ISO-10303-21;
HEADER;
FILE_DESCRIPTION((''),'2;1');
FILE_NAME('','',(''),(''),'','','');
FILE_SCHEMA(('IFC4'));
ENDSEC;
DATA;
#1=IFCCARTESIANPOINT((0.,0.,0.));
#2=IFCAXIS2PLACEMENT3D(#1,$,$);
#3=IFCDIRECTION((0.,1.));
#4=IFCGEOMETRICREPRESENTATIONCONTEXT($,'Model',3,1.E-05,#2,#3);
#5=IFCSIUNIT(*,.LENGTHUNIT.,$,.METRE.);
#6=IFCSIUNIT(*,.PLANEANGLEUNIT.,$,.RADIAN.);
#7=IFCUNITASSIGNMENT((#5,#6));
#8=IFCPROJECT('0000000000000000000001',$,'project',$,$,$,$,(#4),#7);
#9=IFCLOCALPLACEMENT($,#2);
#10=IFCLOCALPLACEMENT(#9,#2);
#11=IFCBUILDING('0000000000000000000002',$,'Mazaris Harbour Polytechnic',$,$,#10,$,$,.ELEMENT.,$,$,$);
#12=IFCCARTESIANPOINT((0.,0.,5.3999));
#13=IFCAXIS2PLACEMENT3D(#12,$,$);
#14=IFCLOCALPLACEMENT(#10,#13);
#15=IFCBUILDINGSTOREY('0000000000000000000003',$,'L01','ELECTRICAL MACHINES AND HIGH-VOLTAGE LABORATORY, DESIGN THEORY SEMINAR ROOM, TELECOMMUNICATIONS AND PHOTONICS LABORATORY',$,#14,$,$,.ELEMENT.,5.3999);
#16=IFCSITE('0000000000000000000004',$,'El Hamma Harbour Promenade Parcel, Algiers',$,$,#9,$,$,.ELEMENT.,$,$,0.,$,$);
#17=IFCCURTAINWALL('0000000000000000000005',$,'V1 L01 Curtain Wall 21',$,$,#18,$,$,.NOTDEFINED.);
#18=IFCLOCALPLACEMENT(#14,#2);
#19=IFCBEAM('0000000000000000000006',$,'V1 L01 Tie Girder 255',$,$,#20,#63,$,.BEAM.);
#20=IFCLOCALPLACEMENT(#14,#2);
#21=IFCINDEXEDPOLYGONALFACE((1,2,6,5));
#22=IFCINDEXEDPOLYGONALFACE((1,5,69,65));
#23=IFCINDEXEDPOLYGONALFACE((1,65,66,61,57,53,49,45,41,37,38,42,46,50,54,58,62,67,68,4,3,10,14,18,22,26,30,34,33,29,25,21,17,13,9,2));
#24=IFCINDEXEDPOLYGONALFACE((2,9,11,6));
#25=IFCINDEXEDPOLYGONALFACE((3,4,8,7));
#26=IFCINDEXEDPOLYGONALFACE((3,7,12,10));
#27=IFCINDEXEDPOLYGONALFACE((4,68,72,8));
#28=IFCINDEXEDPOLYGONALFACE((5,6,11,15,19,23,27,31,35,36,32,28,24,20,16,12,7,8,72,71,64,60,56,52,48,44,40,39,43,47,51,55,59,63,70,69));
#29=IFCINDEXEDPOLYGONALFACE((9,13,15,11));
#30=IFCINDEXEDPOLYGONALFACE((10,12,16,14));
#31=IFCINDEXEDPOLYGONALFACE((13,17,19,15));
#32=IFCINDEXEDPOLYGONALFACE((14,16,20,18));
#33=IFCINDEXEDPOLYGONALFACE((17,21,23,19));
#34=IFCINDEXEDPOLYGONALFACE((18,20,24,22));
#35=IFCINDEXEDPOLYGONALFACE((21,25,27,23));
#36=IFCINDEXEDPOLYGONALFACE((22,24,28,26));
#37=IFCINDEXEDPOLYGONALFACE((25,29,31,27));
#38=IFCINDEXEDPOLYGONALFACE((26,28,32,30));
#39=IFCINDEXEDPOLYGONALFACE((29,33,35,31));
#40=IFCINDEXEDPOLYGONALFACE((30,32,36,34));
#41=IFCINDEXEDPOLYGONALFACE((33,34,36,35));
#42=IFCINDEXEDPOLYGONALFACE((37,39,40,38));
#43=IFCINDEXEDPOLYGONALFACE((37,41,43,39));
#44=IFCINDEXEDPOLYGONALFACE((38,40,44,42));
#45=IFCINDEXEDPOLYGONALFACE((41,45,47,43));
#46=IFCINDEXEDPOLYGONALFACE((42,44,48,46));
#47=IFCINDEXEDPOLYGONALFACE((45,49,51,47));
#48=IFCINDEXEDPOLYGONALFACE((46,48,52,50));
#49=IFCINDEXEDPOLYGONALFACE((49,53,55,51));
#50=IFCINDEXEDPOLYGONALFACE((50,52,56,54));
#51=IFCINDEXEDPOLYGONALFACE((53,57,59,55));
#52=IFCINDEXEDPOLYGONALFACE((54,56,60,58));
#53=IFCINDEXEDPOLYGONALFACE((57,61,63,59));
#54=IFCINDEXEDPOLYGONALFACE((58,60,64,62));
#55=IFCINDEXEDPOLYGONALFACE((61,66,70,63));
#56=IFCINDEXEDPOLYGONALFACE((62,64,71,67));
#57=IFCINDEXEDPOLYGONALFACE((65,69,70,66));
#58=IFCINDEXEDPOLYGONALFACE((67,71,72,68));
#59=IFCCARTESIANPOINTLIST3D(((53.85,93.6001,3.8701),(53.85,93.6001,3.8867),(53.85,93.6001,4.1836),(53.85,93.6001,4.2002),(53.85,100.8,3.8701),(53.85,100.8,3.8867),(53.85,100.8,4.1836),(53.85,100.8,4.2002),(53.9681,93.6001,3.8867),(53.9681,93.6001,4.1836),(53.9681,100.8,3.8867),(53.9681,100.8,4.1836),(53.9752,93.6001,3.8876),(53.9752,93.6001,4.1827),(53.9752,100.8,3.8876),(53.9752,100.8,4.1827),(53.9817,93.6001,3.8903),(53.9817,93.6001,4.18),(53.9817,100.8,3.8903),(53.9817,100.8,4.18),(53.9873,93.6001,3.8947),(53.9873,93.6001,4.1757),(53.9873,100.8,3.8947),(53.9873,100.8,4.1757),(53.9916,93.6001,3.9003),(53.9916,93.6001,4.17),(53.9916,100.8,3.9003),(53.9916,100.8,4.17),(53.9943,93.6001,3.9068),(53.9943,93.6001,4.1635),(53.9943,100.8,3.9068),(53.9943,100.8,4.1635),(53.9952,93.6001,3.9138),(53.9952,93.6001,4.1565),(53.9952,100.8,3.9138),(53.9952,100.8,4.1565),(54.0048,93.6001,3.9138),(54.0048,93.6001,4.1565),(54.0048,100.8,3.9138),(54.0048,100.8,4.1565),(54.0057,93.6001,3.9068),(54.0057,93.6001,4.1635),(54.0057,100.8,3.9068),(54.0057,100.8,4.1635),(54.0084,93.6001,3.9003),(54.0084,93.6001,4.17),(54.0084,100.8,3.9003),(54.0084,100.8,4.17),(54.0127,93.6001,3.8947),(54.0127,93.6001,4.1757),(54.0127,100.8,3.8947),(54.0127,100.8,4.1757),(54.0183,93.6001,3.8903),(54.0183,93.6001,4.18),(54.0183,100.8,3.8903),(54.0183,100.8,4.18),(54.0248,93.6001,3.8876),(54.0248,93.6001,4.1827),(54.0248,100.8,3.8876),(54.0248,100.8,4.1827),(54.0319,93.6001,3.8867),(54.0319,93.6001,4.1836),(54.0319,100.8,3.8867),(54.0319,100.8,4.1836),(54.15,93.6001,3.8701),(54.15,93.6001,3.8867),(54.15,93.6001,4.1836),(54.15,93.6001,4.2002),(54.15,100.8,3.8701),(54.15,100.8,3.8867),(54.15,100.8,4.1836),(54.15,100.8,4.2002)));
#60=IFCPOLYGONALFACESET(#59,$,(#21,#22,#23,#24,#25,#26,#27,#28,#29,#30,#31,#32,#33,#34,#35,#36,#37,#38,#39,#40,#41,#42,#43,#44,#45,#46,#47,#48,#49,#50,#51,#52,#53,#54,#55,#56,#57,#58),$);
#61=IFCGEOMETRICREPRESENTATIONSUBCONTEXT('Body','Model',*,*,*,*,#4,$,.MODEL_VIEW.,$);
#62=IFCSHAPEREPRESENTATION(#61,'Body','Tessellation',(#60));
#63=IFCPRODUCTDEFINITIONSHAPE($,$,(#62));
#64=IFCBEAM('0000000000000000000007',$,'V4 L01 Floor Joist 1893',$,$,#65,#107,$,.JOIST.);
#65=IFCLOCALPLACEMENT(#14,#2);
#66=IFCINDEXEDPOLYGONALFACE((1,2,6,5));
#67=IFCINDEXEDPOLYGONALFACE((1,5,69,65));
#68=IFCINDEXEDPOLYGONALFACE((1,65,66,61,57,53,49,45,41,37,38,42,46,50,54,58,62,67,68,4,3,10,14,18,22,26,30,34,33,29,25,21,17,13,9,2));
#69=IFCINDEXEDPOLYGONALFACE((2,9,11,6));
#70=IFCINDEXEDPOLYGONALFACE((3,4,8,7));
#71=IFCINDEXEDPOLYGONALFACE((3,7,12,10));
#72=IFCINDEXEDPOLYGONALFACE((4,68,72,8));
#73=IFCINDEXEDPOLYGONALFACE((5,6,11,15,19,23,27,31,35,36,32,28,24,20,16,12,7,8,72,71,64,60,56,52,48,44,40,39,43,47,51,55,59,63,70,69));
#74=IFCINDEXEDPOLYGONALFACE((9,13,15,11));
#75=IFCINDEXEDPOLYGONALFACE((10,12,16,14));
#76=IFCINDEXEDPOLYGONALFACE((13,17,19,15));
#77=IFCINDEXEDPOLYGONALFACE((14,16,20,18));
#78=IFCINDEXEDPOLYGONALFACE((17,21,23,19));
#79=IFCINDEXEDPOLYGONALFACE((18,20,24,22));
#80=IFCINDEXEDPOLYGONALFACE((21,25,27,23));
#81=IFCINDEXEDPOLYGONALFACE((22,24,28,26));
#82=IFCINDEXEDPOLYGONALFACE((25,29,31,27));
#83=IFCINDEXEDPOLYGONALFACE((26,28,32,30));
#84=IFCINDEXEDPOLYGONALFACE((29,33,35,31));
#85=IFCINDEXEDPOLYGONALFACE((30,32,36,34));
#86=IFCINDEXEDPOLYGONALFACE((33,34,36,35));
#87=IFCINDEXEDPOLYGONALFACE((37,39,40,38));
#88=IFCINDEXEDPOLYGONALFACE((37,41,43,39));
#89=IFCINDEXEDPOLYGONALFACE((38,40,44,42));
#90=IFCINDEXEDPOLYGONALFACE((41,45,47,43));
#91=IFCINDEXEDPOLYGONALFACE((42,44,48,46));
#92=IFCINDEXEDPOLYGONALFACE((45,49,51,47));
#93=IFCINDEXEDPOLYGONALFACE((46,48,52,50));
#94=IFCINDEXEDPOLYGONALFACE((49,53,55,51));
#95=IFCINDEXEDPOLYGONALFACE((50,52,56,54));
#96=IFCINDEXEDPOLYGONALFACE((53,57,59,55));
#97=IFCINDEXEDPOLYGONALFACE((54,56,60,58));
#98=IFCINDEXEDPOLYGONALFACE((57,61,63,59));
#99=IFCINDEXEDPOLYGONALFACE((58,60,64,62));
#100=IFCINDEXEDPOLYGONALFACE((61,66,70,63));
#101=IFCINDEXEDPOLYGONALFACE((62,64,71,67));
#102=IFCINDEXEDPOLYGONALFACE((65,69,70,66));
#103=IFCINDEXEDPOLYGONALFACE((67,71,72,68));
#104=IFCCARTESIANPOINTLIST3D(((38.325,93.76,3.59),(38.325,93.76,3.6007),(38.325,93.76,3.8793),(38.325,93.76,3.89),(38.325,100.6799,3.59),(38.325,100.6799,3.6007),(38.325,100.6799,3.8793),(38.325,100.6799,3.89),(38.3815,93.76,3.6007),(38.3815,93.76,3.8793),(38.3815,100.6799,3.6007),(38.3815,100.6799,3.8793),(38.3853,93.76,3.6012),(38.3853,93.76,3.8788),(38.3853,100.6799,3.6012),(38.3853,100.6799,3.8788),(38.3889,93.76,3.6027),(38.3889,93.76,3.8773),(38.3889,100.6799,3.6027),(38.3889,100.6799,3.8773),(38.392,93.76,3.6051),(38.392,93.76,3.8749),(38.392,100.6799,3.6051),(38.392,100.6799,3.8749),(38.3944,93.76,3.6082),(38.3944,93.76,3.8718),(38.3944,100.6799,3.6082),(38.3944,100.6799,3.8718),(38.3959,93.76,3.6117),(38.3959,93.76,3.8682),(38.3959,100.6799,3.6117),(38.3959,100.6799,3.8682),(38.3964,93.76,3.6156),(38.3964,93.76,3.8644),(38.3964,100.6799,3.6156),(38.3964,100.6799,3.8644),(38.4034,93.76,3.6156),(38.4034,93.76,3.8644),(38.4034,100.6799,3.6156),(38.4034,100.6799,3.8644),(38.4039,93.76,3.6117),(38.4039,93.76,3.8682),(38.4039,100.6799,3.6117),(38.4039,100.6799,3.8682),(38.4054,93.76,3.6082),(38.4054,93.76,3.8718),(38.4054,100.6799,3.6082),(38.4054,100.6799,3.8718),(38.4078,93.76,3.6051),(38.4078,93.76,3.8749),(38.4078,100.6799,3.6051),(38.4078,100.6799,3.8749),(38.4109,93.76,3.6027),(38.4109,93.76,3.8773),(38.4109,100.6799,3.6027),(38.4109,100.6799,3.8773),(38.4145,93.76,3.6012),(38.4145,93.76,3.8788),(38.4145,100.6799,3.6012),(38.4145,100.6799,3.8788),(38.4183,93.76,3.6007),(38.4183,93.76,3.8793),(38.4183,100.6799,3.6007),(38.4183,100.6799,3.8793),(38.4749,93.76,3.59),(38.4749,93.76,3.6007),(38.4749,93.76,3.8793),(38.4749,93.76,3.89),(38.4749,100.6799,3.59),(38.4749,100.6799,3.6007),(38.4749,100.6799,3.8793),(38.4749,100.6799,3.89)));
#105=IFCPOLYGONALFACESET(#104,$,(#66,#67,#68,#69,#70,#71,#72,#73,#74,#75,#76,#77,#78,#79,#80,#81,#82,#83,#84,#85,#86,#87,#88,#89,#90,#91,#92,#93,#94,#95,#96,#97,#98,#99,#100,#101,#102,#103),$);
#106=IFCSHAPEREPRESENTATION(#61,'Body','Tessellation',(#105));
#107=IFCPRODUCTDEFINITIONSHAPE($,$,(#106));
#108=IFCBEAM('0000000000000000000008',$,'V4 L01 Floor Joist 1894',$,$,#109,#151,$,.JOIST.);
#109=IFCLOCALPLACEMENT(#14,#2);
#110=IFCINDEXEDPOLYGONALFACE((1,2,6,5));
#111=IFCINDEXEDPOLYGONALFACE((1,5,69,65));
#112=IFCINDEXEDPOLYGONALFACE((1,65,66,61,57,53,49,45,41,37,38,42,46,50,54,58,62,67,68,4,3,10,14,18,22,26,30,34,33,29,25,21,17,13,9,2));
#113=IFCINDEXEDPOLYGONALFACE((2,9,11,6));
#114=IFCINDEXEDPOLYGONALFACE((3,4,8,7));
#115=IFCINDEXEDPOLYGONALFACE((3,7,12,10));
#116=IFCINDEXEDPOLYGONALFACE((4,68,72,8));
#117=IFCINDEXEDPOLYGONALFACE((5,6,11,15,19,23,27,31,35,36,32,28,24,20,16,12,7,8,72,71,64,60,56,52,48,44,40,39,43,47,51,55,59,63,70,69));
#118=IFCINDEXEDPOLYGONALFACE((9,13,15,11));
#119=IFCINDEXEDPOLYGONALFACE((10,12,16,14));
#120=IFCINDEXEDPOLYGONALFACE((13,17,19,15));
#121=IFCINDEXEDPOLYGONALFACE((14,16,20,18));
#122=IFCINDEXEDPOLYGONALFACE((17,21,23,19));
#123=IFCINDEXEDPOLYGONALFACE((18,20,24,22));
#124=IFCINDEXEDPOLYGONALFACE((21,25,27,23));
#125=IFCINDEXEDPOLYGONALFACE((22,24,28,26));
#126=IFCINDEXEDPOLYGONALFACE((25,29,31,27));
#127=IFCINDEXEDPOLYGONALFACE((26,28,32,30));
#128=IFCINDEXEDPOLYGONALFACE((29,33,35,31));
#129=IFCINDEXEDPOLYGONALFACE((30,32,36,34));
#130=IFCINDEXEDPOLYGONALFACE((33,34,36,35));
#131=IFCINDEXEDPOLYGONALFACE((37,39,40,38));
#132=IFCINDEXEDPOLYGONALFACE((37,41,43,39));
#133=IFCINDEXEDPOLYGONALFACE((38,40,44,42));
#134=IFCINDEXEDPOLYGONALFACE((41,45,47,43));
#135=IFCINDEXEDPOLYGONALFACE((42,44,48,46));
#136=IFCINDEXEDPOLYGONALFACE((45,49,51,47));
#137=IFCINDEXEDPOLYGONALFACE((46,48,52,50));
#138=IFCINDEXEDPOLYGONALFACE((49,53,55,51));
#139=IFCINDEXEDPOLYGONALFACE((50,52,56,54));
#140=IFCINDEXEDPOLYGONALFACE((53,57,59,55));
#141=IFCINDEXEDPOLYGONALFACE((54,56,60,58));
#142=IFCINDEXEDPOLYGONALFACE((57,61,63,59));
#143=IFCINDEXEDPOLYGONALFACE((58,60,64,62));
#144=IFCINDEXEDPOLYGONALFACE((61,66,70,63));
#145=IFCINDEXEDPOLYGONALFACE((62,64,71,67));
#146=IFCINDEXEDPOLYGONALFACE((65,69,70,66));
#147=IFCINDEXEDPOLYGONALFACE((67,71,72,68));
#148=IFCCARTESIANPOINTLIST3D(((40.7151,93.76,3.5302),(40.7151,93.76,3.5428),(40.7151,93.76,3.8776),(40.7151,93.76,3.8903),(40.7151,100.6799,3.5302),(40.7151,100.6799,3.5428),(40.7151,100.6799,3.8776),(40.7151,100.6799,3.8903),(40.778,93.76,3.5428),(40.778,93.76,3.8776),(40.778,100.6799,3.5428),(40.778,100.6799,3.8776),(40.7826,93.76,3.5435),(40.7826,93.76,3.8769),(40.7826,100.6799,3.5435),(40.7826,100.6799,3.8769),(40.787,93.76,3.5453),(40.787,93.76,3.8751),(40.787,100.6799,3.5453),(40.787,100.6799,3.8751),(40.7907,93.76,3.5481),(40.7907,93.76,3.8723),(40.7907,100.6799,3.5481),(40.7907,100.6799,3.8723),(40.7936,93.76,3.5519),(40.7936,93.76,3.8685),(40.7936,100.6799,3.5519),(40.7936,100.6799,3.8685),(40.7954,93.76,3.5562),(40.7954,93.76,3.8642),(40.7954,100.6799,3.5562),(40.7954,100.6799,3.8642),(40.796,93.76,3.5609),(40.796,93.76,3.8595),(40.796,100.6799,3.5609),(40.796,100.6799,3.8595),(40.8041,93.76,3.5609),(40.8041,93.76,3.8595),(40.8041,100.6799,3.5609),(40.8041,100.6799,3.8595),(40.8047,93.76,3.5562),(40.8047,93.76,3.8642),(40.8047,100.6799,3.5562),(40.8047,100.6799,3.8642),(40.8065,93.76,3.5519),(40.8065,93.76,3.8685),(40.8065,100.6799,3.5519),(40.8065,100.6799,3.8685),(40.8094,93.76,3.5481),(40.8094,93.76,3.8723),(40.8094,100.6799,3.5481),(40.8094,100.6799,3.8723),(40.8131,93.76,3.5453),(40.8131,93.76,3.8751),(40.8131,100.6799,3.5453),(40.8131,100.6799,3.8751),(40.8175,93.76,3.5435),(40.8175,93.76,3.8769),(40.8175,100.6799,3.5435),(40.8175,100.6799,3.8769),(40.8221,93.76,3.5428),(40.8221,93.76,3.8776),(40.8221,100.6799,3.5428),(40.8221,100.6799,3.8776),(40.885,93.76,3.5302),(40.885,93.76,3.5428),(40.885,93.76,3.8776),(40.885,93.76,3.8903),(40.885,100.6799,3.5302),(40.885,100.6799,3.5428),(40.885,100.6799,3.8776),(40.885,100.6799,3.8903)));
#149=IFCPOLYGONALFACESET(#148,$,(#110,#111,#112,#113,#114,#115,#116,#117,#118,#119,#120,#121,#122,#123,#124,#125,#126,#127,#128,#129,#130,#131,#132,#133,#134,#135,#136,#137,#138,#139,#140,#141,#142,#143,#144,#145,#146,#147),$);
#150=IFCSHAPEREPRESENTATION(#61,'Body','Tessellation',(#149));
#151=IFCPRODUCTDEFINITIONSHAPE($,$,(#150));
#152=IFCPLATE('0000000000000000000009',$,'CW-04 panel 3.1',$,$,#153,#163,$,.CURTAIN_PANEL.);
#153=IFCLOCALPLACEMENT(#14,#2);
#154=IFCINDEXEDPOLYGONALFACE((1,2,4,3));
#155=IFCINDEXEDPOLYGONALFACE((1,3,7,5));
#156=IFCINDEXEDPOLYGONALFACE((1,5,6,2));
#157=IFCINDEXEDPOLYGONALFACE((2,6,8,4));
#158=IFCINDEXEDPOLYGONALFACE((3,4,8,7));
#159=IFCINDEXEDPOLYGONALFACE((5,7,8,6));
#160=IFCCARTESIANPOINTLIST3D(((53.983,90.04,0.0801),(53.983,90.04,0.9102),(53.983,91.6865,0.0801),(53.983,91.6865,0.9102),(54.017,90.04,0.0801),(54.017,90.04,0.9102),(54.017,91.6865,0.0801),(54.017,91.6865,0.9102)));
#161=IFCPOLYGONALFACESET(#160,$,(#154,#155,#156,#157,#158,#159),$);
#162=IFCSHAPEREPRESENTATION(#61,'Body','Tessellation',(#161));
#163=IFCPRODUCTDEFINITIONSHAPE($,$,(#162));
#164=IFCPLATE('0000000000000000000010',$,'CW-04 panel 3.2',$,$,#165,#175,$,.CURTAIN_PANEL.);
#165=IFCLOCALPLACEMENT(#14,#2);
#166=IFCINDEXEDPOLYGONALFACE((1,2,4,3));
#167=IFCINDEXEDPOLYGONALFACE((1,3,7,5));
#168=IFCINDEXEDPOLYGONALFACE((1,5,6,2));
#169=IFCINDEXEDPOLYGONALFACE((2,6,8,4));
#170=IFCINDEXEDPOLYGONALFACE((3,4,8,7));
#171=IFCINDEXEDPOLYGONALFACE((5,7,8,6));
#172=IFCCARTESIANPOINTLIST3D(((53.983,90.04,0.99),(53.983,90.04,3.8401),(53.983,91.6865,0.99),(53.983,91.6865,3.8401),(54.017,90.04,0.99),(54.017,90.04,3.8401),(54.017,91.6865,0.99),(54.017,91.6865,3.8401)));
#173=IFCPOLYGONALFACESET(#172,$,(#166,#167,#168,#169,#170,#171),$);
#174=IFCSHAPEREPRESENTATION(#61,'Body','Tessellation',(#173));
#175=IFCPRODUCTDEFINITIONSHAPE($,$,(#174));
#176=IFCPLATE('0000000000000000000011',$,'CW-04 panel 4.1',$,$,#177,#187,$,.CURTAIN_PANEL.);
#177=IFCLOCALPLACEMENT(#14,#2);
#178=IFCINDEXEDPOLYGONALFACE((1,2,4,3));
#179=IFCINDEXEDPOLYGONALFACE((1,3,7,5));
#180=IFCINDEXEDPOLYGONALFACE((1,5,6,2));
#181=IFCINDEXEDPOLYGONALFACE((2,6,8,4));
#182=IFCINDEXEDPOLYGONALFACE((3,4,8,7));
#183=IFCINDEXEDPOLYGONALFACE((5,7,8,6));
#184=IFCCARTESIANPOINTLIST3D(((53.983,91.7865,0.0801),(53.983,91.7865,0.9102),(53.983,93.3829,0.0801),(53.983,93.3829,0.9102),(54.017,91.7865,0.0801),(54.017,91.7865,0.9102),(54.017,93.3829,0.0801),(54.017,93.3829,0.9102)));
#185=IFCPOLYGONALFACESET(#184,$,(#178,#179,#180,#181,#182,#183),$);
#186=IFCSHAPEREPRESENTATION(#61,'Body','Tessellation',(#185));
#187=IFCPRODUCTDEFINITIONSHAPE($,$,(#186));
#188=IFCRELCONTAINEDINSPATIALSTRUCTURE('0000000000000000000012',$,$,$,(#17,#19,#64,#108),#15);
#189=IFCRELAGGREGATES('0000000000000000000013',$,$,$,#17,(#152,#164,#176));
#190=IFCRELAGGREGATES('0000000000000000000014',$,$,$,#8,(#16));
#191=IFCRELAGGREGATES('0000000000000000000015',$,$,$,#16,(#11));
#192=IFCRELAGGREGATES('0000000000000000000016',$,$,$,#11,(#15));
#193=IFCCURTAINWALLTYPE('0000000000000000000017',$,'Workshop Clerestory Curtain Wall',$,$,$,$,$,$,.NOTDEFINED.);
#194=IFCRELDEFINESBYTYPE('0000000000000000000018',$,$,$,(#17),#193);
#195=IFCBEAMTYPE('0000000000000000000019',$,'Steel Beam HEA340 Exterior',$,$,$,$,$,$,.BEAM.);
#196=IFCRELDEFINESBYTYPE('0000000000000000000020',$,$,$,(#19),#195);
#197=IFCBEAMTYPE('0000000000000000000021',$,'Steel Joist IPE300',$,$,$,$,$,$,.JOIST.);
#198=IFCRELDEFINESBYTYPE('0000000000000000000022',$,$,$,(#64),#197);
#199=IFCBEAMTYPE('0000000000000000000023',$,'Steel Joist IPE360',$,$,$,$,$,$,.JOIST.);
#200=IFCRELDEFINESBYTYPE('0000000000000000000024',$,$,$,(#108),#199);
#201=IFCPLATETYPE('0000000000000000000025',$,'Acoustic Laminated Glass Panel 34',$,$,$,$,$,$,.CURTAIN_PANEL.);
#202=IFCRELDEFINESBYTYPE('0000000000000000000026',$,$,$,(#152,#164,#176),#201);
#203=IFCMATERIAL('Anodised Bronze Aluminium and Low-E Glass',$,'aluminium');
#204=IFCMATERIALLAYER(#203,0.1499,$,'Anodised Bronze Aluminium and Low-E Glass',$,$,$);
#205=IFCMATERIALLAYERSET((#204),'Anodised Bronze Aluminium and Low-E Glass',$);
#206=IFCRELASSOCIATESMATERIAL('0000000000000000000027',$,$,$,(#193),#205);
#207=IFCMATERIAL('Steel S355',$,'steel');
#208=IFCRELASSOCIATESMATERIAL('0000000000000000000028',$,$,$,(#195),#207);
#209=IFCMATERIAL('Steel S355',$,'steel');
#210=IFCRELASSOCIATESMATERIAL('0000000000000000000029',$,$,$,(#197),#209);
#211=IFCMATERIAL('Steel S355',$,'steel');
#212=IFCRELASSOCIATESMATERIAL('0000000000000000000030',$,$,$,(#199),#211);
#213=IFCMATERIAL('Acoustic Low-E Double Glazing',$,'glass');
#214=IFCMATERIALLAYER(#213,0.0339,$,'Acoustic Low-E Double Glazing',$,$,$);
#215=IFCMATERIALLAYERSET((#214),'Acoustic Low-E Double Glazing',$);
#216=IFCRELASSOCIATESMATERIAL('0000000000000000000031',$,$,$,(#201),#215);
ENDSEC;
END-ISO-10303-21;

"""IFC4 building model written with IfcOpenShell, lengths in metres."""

from ifc_helpers import new_model, si_unit, direction, frame, origin, origin_2d, place, context, subcontext, project, spatial, rectangle, i_section, extrude, material, layer, layer_set, material_profile, profile_set, type_object, element, aggregate, save


model = new_model("IFC4")

# Units and contexts
model_context = context("Model", 3, precision=1e-05, world=origin(), true_north=direction((0.0, 1.0)))
body_context = subcontext(model_context, "Body", "Model", "MODEL_VIEW")
ifc_project = project(units=[si_unit("LENGTHUNIT", "METRE"), si_unit("PLANEANGLEUNIT", "RADIAN")], contexts=[model_context])

# Site, building, storey
site_placement = place(None, origin())
site = spatial("IfcSite", under=ifc_project, at=site_placement, Name="El Hamma Harbour Promenade Parcel, Algiers", CompositionType="ELEMENT", RefElevation=0.0)
building_placement = place(site_placement, origin())
building = spatial("IfcBuilding", under=site, at=building_placement, Name="Mazaris Harbour Polytechnic", CompositionType="ELEMENT")
storey_placement = place(building_placement, frame((0.0, 0.0, 5.3999)))
storey = spatial("IfcBuildingStorey", under=building, at=storey_placement, Name="L01", Description="ELECTRICAL MACHINES AND HIGH-VOLTAGE LABORATORY, DESIGN THEORY SEMINAR ROOM, TELECOMMUNICATIONS AND PHOTONICS LABORATORY", CompositionType="ELEMENT", Elevation=5.3999)

# Curtain wall
ifc_material_1 = material(Name="Anodised Bronze Aluminium and Low-E Glass", Category="aluminium")
ifc_layer_1 = layer(ifc_material_1, 0.1499, Name="Anodised Bronze Aluminium and Low-E Glass")
ifc_layer_set_1 = layer_set([ifc_layer_1], Name="Anodised Bronze Aluminium and Low-E Glass")
curtain_wall_type_1 = type_object("IfcCurtainWallType", Name="Workshop Clerestory Curtain Wall", PredefinedType="NOTDEFINED", material=ifc_layer_set_1)
curtain_wall_1_placement = place(storey_placement, origin())
curtain_wall_1 = element("IfcCurtainWall", 1, at=curtain_wall_1_placement, inside=storey, type_object=curtain_wall_type_1, Name="V1 L01 Curtain Wall 21", PredefinedType="NOTDEFINED")

# Beams
ifc_material_2 = material(Name="Steel S355", Category="steel")
ifc_material_profile_1 = material_profile(ifc_material_2, i_section(OverallWidth=0.3, OverallDepth=0.3301, WebThickness=0.0095, FlangeThickness=0.0166, FilletRadius=0.0271, at=origin_2d()), Name="HEA 340")
ifc_profile_set_1 = profile_set([ifc_material_profile_1], Name="Steel S355")
beam_type_1 = type_object("IfcBeamType", Name="Steel Beam HEA340 Exterior", PredefinedType="BEAM", material=ifc_profile_set_1)
beam_1_placement = place(storey_placement, frame((54.0, 93.6001, 4.0352), z_axis=(0.0, 1.0, 0.0), x_axis=(-1.0, 0.0, 0.0)))
element("IfcBeam", 2, at=beam_1_placement, inside=storey, type_object=beam_type_1, Name="V1 L01 Tie Girder 255", PredefinedType="BEAM", context=body_context, shape_type="SweptSolid", body=[
    extrude(i_section(OverallWidth=0.3, OverallDepth=0.3301, WebThickness=0.0095, FlangeThickness=0.0166, FilletRadius=0.0271, at=origin_2d()), origin(), (0.0, 0.0, 1.0), 7.2),
])
ifc_material_3 = material(Name="Steel S355", Category="steel")
ifc_material_profile_2 = material_profile(ifc_material_3, i_section(OverallWidth=0.1499, OverallDepth=0.3, WebThickness=0.0071, FlangeThickness=0.0107, FilletRadius=0.0149, at=origin_2d()), Name="IPE 300")
ifc_profile_set_2 = profile_set([ifc_material_profile_2], Name="Steel S355")
beam_type_2 = type_object("IfcBeamType", Name="Steel Joist IPE300", PredefinedType="JOIST", material=ifc_profile_set_2)
beam_2_placement = place(storey_placement, frame((38.3999, 93.76, 3.74), z_axis=(0.0, 1.0, 0.0), x_axis=(-1.0, 0.0, 0.0)))
element("IfcBeam", 3, at=beam_2_placement, inside=storey, type_object=beam_type_2, Name="V4 L01 Floor Joist 1893", PredefinedType="JOIST", context=body_context, shape_type="SweptSolid", body=[
    extrude(i_section(OverallWidth=0.1499, OverallDepth=0.3, WebThickness=0.0071, FlangeThickness=0.0107, FilletRadius=0.0149, at=origin_2d()), origin(), (0.0, 0.0, 1.0), 6.9199),
])
ifc_material_4 = material(Name="Steel S355", Category="steel")
ifc_material_profile_3 = material_profile(ifc_material_4, i_section(OverallWidth=0.1699, OverallDepth=0.3601, WebThickness=0.0081, FlangeThickness=0.0127, FilletRadius=0.0181, at=origin_2d()), Name="IPE 360")
ifc_profile_set_3 = profile_set([ifc_material_profile_3], Name="Steel S355")
beam_type_3 = type_object("IfcBeamType", Name="Steel Joist IPE360", PredefinedType="JOIST", material=ifc_profile_set_3)
beam_3_placement = place(storey_placement, frame((40.8, 93.76, 3.7102), z_axis=(0.0, 1.0, 0.0), x_axis=(-1.0, 0.0, 0.0)))
element("IfcBeam", 4, at=beam_3_placement, inside=storey, type_object=beam_type_3, Name="V4 L01 Floor Joist 1894", PredefinedType="JOIST", context=body_context, shape_type="SweptSolid", body=[
    extrude(i_section(OverallWidth=0.1699, OverallDepth=0.3601, WebThickness=0.0081, FlangeThickness=0.0127, FilletRadius=0.0181, at=origin_2d()), origin(), (0.0, 0.0, 1.0), 6.9199),
])

# Plates
ifc_material_5 = material(Name="Acoustic Low-E Double Glazing", Category="glass")
ifc_layer_2 = layer(ifc_material_5, 0.0339, Name="Acoustic Low-E Double Glazing")
ifc_layer_set_2 = layer_set([ifc_layer_2], Name="Acoustic Low-E Double Glazing")
plate_type_1 = type_object("IfcPlateType", Name="Acoustic Laminated Glass Panel 34", PredefinedType="CURTAIN_PANEL", material=ifc_layer_set_2)
plate_1_placement = place(storey_placement, frame((54.0, 90.8633, 0.0801), z_axis=(0.0, 0.0, 1.0), x_axis=(0.0, 1.0, 0.0)))
plate_1 = element("IfcPlate", 5, at=plate_1_placement, type_object=plate_type_1, Name="CW-04 panel 3.1", PredefinedType="CURTAIN_PANEL", context=body_context, shape_type="SweptSolid", body=[
    extrude(rectangle(XDim=1.6465, YDim=0.0339, at=origin_2d()), origin(), (0.0, 0.0, 1.0), 0.8301),
])
plate_2_placement = place(storey_placement, frame((54.0, 90.8633, 0.99), z_axis=(0.0, 0.0, 1.0), x_axis=(0.0, 1.0, 0.0)))
plate_2 = element("IfcPlate", 6, at=plate_2_placement, type_object=plate_type_1, Name="CW-04 panel 3.2", PredefinedType="CURTAIN_PANEL", context=body_context, shape_type="SweptSolid", body=[
    extrude(rectangle(XDim=1.6465, YDim=0.0339, at=origin_2d()), origin(), (0.0, 0.0, 1.0), 2.8501),
])
plate_3_placement = place(storey_placement, frame((54.0, 92.5847, 0.0801), z_axis=(0.0, 0.0, 1.0), x_axis=(0.0, 1.0, 0.0)))
plate_3 = element("IfcPlate", 7, at=plate_3_placement, type_object=plate_type_1, Name="CW-04 panel 4.1", PredefinedType="CURTAIN_PANEL", context=body_context, shape_type="SweptSolid", body=[
    extrude(rectangle(XDim=1.5964, YDim=0.0339, at=origin_2d()), origin(), (0.0, 0.0, 1.0), 0.8301),
])
aggregate(curtain_wall_1, [plate_1, plate_2, plate_3])

save(model, "model.ifc")
